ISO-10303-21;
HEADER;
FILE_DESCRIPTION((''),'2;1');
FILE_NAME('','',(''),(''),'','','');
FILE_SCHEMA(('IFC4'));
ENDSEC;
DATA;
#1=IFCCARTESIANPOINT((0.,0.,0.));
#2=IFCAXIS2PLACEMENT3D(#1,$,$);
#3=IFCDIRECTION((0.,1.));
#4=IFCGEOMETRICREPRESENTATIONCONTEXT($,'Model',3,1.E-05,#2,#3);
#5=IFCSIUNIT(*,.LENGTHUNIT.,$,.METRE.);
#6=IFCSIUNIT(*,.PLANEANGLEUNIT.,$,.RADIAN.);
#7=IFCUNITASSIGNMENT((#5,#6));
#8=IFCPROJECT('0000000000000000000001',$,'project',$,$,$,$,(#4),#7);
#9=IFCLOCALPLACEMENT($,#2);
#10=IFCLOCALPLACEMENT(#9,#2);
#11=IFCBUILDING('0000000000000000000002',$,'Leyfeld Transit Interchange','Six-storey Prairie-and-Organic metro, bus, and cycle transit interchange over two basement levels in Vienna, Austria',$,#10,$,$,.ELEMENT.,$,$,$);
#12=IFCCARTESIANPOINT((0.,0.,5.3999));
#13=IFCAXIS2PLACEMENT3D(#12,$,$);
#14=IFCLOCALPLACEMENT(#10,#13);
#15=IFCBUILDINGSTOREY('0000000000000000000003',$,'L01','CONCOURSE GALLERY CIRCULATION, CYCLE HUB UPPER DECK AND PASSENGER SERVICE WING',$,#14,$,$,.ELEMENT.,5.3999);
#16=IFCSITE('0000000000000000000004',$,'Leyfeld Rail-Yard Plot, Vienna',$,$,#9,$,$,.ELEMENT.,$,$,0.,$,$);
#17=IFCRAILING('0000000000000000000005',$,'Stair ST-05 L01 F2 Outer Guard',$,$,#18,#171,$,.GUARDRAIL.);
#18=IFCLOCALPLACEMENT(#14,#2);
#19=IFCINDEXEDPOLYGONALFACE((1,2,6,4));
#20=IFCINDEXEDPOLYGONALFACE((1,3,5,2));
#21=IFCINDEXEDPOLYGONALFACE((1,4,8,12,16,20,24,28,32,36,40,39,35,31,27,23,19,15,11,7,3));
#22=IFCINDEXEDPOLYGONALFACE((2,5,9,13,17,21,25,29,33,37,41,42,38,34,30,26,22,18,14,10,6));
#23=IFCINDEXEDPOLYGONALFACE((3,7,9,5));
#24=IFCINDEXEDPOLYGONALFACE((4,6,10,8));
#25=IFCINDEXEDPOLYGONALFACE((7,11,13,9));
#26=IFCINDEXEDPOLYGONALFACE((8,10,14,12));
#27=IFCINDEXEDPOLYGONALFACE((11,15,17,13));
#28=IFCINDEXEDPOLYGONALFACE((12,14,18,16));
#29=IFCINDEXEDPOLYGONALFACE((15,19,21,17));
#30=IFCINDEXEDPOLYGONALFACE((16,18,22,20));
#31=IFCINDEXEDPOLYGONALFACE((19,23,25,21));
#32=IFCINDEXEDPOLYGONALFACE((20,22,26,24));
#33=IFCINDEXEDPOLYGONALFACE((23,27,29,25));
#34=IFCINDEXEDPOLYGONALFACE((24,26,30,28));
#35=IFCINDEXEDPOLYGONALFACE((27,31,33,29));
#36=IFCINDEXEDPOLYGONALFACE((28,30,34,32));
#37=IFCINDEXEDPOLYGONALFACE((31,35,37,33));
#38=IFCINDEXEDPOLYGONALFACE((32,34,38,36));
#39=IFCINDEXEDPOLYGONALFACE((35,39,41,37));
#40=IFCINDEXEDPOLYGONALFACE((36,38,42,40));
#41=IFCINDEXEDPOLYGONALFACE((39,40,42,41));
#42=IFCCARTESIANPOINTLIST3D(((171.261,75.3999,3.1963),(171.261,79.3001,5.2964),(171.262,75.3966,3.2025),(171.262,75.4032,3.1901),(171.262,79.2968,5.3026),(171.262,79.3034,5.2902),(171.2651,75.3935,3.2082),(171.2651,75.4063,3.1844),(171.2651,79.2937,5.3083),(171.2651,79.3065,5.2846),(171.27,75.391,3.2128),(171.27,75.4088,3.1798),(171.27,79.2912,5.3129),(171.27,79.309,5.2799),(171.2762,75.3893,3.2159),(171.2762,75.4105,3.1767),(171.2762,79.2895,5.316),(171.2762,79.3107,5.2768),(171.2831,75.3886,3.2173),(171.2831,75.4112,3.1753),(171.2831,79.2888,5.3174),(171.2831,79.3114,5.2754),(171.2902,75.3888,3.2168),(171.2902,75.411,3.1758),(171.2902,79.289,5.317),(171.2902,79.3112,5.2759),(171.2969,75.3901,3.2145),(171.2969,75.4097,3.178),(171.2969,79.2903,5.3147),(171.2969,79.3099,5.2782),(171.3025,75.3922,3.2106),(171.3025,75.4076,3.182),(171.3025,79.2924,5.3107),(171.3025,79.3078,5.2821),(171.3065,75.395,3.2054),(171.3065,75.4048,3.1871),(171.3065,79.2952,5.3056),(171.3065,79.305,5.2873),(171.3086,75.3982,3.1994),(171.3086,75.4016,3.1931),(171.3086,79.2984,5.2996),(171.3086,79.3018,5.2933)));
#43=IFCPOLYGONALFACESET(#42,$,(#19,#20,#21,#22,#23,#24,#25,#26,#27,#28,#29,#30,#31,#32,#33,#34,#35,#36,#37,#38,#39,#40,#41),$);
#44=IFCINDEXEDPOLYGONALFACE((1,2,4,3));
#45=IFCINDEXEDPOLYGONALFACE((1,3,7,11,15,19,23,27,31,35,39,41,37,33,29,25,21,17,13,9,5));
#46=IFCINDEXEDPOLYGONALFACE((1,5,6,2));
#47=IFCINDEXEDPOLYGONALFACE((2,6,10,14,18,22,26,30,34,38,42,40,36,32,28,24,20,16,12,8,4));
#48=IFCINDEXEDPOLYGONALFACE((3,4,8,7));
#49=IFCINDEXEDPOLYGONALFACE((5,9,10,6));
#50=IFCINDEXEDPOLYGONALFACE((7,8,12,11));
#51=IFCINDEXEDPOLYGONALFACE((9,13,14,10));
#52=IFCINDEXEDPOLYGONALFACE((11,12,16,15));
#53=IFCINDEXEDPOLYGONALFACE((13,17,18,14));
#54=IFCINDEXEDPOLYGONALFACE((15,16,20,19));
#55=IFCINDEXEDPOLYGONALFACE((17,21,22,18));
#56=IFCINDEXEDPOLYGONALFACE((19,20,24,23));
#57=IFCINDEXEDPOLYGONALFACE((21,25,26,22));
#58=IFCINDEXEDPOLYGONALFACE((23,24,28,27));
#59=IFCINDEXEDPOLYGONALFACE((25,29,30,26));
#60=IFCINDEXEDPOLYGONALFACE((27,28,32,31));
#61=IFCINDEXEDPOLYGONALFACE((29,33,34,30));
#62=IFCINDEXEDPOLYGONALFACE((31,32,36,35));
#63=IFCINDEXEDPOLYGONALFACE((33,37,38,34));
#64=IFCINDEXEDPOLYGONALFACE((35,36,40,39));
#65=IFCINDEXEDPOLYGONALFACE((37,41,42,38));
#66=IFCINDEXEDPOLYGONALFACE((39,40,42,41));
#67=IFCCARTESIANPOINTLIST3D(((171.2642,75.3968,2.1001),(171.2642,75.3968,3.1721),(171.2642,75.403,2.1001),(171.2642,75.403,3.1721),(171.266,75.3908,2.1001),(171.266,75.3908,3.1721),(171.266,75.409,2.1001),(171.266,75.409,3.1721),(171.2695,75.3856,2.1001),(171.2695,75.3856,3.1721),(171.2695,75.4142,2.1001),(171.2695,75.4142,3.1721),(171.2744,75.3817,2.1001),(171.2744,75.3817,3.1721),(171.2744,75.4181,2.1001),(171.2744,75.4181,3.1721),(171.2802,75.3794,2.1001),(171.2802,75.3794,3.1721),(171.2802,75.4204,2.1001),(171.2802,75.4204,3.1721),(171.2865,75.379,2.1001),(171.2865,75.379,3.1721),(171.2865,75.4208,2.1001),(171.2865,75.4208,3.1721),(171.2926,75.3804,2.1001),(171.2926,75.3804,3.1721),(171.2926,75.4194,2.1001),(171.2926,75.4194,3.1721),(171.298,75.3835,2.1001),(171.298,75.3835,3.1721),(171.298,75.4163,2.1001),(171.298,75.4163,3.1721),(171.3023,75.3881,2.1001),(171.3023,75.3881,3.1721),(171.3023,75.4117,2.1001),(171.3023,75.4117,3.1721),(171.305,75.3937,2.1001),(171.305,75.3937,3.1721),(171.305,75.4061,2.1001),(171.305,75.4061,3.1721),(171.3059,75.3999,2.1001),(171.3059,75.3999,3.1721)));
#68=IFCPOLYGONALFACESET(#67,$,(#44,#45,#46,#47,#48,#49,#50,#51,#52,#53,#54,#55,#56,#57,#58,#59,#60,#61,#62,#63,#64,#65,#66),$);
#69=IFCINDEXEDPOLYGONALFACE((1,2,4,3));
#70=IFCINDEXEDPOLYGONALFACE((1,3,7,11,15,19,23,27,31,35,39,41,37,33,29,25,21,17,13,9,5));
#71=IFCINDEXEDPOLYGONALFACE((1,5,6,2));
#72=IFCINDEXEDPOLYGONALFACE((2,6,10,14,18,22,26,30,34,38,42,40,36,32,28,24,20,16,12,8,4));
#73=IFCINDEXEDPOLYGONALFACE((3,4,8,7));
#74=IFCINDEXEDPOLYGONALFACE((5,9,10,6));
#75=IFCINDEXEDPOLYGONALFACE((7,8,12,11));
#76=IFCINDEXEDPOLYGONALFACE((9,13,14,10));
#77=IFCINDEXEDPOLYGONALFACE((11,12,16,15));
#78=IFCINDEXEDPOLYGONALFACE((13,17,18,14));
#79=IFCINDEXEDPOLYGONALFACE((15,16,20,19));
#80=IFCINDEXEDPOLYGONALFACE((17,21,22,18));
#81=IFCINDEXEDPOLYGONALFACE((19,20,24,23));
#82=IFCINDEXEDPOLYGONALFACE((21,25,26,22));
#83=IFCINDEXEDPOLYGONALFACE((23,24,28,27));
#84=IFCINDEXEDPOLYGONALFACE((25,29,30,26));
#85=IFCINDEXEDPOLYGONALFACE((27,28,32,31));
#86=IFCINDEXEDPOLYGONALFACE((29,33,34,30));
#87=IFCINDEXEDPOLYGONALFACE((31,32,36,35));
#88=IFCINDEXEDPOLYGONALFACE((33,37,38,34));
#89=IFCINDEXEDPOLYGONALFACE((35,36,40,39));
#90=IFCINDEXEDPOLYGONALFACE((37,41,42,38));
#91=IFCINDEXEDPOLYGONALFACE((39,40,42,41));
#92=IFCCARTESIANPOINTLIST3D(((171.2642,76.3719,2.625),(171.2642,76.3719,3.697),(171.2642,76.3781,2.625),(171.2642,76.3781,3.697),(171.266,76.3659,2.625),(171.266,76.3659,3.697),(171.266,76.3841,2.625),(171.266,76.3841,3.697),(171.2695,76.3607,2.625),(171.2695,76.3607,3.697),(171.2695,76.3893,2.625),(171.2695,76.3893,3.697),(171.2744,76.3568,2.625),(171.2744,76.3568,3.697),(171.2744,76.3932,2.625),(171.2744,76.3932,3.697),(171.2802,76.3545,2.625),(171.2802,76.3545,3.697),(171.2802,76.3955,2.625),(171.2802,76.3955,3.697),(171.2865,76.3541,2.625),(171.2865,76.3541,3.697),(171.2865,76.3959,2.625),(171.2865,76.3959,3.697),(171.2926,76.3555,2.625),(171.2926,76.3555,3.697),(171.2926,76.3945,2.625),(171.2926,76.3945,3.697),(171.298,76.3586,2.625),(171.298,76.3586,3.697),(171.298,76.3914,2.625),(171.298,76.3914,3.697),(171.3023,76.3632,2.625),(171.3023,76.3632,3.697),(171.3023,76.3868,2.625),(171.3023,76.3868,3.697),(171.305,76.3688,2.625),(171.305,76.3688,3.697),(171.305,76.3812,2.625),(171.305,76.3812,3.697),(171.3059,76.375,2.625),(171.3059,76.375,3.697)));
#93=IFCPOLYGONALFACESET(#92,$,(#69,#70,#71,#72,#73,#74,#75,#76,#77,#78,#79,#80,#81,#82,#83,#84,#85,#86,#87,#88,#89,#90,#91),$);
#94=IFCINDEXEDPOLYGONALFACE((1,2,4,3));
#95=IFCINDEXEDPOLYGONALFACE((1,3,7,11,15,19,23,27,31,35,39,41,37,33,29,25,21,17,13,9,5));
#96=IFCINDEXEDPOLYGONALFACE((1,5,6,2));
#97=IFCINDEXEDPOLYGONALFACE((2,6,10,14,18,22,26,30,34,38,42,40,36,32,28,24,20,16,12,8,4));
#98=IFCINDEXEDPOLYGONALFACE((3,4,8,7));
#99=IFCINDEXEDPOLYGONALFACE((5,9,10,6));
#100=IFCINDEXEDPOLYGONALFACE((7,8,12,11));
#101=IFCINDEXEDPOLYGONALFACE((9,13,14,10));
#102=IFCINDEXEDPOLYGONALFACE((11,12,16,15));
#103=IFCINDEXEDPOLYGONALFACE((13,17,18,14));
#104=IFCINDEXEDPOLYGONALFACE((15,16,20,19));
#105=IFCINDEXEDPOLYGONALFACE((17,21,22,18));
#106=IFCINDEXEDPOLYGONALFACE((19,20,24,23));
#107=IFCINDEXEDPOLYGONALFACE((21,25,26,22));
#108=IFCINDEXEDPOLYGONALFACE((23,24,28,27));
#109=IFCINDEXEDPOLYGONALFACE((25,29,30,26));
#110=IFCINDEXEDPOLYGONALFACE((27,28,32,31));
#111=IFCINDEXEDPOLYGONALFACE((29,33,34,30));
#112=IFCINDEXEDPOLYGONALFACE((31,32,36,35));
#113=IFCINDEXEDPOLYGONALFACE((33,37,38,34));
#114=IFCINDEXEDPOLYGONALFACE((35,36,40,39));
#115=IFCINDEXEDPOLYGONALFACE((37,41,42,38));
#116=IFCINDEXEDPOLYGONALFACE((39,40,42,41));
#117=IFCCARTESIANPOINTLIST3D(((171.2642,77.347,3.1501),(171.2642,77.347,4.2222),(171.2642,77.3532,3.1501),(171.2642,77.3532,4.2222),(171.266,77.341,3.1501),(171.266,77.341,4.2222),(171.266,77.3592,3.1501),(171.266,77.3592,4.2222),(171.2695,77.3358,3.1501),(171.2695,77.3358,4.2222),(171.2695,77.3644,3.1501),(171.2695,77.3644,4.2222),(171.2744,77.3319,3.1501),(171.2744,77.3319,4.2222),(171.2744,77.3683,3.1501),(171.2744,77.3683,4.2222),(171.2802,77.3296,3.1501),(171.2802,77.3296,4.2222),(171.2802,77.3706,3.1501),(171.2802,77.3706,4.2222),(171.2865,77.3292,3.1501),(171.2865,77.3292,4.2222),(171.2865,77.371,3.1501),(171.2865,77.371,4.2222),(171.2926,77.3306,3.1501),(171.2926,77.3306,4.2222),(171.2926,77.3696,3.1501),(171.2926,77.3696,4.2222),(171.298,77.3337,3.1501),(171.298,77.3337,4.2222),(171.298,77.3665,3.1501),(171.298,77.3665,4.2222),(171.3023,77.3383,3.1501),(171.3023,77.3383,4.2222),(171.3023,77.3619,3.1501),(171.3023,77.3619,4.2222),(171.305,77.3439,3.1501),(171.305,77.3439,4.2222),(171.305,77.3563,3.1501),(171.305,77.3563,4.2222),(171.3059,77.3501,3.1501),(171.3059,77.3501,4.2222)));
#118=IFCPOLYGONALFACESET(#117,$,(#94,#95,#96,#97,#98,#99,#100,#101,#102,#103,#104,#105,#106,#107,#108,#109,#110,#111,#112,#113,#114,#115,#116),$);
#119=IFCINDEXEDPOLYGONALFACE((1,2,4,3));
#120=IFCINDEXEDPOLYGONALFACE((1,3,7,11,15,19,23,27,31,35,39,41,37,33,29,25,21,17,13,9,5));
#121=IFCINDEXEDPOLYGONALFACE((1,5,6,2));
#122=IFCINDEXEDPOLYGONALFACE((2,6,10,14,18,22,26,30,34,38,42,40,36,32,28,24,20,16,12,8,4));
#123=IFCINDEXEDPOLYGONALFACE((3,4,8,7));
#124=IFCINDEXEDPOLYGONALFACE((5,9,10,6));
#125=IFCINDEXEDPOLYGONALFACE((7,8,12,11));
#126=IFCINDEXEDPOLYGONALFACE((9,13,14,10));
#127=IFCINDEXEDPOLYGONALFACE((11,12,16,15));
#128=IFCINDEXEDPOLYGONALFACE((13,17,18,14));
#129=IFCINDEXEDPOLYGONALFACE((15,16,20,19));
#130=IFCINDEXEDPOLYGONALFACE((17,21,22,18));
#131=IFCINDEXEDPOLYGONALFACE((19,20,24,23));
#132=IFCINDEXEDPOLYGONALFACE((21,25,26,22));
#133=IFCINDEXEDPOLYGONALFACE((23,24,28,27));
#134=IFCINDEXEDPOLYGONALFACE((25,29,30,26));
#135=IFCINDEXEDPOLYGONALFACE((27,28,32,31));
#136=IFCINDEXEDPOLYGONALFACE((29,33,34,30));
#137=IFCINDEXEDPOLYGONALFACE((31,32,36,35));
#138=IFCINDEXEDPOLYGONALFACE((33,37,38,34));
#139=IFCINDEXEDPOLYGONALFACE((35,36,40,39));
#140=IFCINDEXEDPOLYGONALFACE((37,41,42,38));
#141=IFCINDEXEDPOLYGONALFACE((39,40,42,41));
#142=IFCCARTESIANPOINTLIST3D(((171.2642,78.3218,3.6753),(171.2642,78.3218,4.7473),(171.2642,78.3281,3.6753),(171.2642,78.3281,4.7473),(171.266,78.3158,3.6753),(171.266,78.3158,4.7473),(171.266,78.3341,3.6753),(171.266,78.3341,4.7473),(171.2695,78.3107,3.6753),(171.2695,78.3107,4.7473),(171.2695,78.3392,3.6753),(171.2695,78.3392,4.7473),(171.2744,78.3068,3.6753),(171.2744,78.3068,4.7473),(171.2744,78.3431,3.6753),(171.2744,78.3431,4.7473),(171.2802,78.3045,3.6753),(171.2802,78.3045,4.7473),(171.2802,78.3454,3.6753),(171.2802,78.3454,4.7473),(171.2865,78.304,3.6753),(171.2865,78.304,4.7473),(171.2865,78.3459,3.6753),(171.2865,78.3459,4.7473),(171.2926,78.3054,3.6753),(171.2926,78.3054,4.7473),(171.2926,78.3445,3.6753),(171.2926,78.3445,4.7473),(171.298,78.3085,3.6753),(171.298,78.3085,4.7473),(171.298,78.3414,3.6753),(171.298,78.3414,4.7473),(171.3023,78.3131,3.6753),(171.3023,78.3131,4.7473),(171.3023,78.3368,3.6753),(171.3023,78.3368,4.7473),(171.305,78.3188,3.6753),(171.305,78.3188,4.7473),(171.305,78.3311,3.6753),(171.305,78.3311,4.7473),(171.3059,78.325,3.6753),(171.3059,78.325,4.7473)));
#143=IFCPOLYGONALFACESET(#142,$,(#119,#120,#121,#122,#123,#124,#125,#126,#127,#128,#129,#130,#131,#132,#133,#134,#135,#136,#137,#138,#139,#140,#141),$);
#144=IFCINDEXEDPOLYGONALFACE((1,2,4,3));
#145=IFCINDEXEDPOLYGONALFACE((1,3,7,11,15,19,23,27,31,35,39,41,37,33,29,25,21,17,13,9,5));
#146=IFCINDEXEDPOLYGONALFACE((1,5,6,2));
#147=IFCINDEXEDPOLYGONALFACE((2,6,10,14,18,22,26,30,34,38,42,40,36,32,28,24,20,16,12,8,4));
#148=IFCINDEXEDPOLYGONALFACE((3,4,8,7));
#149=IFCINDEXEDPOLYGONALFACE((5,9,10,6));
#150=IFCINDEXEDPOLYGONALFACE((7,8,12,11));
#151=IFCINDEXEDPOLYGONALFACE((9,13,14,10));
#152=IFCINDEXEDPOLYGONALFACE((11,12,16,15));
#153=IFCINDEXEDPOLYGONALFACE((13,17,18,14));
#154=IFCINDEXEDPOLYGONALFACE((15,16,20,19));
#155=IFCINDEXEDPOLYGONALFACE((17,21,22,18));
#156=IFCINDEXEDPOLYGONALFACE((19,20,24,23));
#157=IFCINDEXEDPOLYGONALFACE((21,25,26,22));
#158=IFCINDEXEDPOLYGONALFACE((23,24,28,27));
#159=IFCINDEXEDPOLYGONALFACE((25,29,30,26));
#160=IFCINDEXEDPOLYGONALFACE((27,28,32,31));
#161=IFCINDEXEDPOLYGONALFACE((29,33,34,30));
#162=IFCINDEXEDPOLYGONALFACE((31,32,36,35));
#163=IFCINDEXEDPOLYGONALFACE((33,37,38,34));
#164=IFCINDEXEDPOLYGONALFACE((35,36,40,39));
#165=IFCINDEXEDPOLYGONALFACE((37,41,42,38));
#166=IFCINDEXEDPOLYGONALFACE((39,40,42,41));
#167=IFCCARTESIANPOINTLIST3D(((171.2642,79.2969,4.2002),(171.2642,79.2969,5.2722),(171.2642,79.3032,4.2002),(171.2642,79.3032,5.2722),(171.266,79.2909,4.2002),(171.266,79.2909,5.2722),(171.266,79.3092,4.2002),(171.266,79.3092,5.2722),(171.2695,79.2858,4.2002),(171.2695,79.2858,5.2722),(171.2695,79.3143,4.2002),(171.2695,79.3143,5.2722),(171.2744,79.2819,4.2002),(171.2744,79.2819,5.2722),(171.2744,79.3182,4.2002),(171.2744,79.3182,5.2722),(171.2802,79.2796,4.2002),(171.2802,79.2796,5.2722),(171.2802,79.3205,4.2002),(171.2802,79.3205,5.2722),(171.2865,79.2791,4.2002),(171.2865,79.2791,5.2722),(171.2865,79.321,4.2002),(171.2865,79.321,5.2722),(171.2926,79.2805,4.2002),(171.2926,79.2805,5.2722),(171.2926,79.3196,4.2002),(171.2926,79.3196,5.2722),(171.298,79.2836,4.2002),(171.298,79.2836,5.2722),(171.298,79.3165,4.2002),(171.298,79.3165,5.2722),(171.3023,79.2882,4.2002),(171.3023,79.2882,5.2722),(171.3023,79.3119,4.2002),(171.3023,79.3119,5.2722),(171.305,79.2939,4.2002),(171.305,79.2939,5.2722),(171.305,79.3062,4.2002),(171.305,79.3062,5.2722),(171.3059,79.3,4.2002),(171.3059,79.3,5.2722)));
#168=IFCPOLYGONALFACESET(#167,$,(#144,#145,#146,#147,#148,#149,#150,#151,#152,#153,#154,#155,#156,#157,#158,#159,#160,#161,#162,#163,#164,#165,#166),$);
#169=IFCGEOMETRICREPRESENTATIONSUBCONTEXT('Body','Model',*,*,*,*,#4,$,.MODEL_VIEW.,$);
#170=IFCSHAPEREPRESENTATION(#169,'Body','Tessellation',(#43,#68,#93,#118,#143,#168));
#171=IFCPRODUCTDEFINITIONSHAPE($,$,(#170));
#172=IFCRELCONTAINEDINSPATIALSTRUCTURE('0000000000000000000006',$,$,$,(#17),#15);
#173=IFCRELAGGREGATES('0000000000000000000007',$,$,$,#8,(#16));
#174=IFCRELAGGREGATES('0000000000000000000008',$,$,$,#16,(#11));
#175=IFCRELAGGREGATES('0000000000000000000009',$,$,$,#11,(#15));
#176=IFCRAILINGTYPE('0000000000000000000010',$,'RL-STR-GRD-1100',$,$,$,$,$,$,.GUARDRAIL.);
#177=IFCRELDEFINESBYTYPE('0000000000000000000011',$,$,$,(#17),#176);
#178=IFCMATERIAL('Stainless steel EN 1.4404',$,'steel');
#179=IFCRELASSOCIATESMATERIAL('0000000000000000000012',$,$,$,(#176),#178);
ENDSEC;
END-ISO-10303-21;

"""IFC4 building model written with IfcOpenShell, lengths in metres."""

from ifc_helpers import new_model, si_unit, direction, frame, origin, origin_2d, place, context, subcontext, project, spatial, circle, extrude, material, type_object, element, save


model = new_model("IFC4")

# Units and contexts
model_context = context("Model", 3, precision=1e-05, world=origin(), true_north=direction((0.0, 1.0)))
body_context = subcontext(model_context, "Body", "Model", "MODEL_VIEW")
ifc_project = project(units=[si_unit("LENGTHUNIT", "METRE"), si_unit("PLANEANGLEUNIT", "RADIAN")], contexts=[model_context])

# Site, building, storey
site_placement = place(None, origin())
site = spatial("IfcSite", under=ifc_project, at=site_placement, Name="Leyfeld Rail-Yard Plot, Vienna", CompositionType="ELEMENT", RefElevation=0.0)
building_placement = place(site_placement, origin())
building = spatial("IfcBuilding", under=site, at=building_placement, Name="Leyfeld Transit Interchange", Description="Six-storey Prairie-and-Organic metro, bus, and cycle transit interchange over two basement levels in Vienna, Austria", CompositionType="ELEMENT")
storey_placement = place(building_placement, frame((0.0, 0.0, 5.3999)))
storey = spatial("IfcBuildingStorey", under=building, at=storey_placement, Name="L01", Description="CONCOURSE GALLERY CIRCULATION, CYCLE HUB UPPER DECK AND PASSENGER SERVICE WING", CompositionType="ELEMENT", Elevation=5.3999)

# Railing
ifc_material_1 = material(Name="Stainless steel EN 1.4404", Category="steel")
railing_type_1 = type_object("IfcRailingType", Name="RL-STR-GRD-1100", PredefinedType="GUARDRAIL", material=ifc_material_1)
for number, where, name in (
    (1, (171.2849, 75.3999, 2.1001), "Stair ST-05 L01 F2 Outer Guard"),
):
    element("IfcRailing", number, at=place(storey_placement, frame(where)), inside=storey, type_object=railing_type_1, Name=name, PredefinedType="GUARDRAIL", context=body_context, shape_type="SweptSolid", body=[
        extrude(circle(Radius=0.0239, at=origin_2d()), frame((0.0, 0.0, 1.0962), z_axis=(0.0, 0.880469, 0.474103), x_axis=(-1.0, 0.0, 0.0)), (0.0, 0.0, 1.0), 4.4297),
        extrude(circle(Radius=0.021, at=origin_2d()), origin(), (0.0, 0.0, 1.0), 1.072),
        extrude(circle(Radius=0.021, at=origin_2d()), frame((0.0, 0.9751, 0.5249)), (0.0, 0.0, 1.0), 1.072),
        extrude(circle(Radius=0.021, at=origin_2d()), frame((0.0, 1.9502, 1.05)), (0.0, 0.0, 1.0), 1.072),
        extrude(circle(Radius=0.021, at=origin_2d()), frame((0.0, 2.925, 1.5752)), (0.0, 0.0, 1.0), 1.072),
        extrude(circle(Radius=0.021, at=origin_2d()), frame((0.0, 3.9001, 2.1001)), (0.0, 0.0, 1.0), 1.072),
    ])

save(model, "model.ifc")
